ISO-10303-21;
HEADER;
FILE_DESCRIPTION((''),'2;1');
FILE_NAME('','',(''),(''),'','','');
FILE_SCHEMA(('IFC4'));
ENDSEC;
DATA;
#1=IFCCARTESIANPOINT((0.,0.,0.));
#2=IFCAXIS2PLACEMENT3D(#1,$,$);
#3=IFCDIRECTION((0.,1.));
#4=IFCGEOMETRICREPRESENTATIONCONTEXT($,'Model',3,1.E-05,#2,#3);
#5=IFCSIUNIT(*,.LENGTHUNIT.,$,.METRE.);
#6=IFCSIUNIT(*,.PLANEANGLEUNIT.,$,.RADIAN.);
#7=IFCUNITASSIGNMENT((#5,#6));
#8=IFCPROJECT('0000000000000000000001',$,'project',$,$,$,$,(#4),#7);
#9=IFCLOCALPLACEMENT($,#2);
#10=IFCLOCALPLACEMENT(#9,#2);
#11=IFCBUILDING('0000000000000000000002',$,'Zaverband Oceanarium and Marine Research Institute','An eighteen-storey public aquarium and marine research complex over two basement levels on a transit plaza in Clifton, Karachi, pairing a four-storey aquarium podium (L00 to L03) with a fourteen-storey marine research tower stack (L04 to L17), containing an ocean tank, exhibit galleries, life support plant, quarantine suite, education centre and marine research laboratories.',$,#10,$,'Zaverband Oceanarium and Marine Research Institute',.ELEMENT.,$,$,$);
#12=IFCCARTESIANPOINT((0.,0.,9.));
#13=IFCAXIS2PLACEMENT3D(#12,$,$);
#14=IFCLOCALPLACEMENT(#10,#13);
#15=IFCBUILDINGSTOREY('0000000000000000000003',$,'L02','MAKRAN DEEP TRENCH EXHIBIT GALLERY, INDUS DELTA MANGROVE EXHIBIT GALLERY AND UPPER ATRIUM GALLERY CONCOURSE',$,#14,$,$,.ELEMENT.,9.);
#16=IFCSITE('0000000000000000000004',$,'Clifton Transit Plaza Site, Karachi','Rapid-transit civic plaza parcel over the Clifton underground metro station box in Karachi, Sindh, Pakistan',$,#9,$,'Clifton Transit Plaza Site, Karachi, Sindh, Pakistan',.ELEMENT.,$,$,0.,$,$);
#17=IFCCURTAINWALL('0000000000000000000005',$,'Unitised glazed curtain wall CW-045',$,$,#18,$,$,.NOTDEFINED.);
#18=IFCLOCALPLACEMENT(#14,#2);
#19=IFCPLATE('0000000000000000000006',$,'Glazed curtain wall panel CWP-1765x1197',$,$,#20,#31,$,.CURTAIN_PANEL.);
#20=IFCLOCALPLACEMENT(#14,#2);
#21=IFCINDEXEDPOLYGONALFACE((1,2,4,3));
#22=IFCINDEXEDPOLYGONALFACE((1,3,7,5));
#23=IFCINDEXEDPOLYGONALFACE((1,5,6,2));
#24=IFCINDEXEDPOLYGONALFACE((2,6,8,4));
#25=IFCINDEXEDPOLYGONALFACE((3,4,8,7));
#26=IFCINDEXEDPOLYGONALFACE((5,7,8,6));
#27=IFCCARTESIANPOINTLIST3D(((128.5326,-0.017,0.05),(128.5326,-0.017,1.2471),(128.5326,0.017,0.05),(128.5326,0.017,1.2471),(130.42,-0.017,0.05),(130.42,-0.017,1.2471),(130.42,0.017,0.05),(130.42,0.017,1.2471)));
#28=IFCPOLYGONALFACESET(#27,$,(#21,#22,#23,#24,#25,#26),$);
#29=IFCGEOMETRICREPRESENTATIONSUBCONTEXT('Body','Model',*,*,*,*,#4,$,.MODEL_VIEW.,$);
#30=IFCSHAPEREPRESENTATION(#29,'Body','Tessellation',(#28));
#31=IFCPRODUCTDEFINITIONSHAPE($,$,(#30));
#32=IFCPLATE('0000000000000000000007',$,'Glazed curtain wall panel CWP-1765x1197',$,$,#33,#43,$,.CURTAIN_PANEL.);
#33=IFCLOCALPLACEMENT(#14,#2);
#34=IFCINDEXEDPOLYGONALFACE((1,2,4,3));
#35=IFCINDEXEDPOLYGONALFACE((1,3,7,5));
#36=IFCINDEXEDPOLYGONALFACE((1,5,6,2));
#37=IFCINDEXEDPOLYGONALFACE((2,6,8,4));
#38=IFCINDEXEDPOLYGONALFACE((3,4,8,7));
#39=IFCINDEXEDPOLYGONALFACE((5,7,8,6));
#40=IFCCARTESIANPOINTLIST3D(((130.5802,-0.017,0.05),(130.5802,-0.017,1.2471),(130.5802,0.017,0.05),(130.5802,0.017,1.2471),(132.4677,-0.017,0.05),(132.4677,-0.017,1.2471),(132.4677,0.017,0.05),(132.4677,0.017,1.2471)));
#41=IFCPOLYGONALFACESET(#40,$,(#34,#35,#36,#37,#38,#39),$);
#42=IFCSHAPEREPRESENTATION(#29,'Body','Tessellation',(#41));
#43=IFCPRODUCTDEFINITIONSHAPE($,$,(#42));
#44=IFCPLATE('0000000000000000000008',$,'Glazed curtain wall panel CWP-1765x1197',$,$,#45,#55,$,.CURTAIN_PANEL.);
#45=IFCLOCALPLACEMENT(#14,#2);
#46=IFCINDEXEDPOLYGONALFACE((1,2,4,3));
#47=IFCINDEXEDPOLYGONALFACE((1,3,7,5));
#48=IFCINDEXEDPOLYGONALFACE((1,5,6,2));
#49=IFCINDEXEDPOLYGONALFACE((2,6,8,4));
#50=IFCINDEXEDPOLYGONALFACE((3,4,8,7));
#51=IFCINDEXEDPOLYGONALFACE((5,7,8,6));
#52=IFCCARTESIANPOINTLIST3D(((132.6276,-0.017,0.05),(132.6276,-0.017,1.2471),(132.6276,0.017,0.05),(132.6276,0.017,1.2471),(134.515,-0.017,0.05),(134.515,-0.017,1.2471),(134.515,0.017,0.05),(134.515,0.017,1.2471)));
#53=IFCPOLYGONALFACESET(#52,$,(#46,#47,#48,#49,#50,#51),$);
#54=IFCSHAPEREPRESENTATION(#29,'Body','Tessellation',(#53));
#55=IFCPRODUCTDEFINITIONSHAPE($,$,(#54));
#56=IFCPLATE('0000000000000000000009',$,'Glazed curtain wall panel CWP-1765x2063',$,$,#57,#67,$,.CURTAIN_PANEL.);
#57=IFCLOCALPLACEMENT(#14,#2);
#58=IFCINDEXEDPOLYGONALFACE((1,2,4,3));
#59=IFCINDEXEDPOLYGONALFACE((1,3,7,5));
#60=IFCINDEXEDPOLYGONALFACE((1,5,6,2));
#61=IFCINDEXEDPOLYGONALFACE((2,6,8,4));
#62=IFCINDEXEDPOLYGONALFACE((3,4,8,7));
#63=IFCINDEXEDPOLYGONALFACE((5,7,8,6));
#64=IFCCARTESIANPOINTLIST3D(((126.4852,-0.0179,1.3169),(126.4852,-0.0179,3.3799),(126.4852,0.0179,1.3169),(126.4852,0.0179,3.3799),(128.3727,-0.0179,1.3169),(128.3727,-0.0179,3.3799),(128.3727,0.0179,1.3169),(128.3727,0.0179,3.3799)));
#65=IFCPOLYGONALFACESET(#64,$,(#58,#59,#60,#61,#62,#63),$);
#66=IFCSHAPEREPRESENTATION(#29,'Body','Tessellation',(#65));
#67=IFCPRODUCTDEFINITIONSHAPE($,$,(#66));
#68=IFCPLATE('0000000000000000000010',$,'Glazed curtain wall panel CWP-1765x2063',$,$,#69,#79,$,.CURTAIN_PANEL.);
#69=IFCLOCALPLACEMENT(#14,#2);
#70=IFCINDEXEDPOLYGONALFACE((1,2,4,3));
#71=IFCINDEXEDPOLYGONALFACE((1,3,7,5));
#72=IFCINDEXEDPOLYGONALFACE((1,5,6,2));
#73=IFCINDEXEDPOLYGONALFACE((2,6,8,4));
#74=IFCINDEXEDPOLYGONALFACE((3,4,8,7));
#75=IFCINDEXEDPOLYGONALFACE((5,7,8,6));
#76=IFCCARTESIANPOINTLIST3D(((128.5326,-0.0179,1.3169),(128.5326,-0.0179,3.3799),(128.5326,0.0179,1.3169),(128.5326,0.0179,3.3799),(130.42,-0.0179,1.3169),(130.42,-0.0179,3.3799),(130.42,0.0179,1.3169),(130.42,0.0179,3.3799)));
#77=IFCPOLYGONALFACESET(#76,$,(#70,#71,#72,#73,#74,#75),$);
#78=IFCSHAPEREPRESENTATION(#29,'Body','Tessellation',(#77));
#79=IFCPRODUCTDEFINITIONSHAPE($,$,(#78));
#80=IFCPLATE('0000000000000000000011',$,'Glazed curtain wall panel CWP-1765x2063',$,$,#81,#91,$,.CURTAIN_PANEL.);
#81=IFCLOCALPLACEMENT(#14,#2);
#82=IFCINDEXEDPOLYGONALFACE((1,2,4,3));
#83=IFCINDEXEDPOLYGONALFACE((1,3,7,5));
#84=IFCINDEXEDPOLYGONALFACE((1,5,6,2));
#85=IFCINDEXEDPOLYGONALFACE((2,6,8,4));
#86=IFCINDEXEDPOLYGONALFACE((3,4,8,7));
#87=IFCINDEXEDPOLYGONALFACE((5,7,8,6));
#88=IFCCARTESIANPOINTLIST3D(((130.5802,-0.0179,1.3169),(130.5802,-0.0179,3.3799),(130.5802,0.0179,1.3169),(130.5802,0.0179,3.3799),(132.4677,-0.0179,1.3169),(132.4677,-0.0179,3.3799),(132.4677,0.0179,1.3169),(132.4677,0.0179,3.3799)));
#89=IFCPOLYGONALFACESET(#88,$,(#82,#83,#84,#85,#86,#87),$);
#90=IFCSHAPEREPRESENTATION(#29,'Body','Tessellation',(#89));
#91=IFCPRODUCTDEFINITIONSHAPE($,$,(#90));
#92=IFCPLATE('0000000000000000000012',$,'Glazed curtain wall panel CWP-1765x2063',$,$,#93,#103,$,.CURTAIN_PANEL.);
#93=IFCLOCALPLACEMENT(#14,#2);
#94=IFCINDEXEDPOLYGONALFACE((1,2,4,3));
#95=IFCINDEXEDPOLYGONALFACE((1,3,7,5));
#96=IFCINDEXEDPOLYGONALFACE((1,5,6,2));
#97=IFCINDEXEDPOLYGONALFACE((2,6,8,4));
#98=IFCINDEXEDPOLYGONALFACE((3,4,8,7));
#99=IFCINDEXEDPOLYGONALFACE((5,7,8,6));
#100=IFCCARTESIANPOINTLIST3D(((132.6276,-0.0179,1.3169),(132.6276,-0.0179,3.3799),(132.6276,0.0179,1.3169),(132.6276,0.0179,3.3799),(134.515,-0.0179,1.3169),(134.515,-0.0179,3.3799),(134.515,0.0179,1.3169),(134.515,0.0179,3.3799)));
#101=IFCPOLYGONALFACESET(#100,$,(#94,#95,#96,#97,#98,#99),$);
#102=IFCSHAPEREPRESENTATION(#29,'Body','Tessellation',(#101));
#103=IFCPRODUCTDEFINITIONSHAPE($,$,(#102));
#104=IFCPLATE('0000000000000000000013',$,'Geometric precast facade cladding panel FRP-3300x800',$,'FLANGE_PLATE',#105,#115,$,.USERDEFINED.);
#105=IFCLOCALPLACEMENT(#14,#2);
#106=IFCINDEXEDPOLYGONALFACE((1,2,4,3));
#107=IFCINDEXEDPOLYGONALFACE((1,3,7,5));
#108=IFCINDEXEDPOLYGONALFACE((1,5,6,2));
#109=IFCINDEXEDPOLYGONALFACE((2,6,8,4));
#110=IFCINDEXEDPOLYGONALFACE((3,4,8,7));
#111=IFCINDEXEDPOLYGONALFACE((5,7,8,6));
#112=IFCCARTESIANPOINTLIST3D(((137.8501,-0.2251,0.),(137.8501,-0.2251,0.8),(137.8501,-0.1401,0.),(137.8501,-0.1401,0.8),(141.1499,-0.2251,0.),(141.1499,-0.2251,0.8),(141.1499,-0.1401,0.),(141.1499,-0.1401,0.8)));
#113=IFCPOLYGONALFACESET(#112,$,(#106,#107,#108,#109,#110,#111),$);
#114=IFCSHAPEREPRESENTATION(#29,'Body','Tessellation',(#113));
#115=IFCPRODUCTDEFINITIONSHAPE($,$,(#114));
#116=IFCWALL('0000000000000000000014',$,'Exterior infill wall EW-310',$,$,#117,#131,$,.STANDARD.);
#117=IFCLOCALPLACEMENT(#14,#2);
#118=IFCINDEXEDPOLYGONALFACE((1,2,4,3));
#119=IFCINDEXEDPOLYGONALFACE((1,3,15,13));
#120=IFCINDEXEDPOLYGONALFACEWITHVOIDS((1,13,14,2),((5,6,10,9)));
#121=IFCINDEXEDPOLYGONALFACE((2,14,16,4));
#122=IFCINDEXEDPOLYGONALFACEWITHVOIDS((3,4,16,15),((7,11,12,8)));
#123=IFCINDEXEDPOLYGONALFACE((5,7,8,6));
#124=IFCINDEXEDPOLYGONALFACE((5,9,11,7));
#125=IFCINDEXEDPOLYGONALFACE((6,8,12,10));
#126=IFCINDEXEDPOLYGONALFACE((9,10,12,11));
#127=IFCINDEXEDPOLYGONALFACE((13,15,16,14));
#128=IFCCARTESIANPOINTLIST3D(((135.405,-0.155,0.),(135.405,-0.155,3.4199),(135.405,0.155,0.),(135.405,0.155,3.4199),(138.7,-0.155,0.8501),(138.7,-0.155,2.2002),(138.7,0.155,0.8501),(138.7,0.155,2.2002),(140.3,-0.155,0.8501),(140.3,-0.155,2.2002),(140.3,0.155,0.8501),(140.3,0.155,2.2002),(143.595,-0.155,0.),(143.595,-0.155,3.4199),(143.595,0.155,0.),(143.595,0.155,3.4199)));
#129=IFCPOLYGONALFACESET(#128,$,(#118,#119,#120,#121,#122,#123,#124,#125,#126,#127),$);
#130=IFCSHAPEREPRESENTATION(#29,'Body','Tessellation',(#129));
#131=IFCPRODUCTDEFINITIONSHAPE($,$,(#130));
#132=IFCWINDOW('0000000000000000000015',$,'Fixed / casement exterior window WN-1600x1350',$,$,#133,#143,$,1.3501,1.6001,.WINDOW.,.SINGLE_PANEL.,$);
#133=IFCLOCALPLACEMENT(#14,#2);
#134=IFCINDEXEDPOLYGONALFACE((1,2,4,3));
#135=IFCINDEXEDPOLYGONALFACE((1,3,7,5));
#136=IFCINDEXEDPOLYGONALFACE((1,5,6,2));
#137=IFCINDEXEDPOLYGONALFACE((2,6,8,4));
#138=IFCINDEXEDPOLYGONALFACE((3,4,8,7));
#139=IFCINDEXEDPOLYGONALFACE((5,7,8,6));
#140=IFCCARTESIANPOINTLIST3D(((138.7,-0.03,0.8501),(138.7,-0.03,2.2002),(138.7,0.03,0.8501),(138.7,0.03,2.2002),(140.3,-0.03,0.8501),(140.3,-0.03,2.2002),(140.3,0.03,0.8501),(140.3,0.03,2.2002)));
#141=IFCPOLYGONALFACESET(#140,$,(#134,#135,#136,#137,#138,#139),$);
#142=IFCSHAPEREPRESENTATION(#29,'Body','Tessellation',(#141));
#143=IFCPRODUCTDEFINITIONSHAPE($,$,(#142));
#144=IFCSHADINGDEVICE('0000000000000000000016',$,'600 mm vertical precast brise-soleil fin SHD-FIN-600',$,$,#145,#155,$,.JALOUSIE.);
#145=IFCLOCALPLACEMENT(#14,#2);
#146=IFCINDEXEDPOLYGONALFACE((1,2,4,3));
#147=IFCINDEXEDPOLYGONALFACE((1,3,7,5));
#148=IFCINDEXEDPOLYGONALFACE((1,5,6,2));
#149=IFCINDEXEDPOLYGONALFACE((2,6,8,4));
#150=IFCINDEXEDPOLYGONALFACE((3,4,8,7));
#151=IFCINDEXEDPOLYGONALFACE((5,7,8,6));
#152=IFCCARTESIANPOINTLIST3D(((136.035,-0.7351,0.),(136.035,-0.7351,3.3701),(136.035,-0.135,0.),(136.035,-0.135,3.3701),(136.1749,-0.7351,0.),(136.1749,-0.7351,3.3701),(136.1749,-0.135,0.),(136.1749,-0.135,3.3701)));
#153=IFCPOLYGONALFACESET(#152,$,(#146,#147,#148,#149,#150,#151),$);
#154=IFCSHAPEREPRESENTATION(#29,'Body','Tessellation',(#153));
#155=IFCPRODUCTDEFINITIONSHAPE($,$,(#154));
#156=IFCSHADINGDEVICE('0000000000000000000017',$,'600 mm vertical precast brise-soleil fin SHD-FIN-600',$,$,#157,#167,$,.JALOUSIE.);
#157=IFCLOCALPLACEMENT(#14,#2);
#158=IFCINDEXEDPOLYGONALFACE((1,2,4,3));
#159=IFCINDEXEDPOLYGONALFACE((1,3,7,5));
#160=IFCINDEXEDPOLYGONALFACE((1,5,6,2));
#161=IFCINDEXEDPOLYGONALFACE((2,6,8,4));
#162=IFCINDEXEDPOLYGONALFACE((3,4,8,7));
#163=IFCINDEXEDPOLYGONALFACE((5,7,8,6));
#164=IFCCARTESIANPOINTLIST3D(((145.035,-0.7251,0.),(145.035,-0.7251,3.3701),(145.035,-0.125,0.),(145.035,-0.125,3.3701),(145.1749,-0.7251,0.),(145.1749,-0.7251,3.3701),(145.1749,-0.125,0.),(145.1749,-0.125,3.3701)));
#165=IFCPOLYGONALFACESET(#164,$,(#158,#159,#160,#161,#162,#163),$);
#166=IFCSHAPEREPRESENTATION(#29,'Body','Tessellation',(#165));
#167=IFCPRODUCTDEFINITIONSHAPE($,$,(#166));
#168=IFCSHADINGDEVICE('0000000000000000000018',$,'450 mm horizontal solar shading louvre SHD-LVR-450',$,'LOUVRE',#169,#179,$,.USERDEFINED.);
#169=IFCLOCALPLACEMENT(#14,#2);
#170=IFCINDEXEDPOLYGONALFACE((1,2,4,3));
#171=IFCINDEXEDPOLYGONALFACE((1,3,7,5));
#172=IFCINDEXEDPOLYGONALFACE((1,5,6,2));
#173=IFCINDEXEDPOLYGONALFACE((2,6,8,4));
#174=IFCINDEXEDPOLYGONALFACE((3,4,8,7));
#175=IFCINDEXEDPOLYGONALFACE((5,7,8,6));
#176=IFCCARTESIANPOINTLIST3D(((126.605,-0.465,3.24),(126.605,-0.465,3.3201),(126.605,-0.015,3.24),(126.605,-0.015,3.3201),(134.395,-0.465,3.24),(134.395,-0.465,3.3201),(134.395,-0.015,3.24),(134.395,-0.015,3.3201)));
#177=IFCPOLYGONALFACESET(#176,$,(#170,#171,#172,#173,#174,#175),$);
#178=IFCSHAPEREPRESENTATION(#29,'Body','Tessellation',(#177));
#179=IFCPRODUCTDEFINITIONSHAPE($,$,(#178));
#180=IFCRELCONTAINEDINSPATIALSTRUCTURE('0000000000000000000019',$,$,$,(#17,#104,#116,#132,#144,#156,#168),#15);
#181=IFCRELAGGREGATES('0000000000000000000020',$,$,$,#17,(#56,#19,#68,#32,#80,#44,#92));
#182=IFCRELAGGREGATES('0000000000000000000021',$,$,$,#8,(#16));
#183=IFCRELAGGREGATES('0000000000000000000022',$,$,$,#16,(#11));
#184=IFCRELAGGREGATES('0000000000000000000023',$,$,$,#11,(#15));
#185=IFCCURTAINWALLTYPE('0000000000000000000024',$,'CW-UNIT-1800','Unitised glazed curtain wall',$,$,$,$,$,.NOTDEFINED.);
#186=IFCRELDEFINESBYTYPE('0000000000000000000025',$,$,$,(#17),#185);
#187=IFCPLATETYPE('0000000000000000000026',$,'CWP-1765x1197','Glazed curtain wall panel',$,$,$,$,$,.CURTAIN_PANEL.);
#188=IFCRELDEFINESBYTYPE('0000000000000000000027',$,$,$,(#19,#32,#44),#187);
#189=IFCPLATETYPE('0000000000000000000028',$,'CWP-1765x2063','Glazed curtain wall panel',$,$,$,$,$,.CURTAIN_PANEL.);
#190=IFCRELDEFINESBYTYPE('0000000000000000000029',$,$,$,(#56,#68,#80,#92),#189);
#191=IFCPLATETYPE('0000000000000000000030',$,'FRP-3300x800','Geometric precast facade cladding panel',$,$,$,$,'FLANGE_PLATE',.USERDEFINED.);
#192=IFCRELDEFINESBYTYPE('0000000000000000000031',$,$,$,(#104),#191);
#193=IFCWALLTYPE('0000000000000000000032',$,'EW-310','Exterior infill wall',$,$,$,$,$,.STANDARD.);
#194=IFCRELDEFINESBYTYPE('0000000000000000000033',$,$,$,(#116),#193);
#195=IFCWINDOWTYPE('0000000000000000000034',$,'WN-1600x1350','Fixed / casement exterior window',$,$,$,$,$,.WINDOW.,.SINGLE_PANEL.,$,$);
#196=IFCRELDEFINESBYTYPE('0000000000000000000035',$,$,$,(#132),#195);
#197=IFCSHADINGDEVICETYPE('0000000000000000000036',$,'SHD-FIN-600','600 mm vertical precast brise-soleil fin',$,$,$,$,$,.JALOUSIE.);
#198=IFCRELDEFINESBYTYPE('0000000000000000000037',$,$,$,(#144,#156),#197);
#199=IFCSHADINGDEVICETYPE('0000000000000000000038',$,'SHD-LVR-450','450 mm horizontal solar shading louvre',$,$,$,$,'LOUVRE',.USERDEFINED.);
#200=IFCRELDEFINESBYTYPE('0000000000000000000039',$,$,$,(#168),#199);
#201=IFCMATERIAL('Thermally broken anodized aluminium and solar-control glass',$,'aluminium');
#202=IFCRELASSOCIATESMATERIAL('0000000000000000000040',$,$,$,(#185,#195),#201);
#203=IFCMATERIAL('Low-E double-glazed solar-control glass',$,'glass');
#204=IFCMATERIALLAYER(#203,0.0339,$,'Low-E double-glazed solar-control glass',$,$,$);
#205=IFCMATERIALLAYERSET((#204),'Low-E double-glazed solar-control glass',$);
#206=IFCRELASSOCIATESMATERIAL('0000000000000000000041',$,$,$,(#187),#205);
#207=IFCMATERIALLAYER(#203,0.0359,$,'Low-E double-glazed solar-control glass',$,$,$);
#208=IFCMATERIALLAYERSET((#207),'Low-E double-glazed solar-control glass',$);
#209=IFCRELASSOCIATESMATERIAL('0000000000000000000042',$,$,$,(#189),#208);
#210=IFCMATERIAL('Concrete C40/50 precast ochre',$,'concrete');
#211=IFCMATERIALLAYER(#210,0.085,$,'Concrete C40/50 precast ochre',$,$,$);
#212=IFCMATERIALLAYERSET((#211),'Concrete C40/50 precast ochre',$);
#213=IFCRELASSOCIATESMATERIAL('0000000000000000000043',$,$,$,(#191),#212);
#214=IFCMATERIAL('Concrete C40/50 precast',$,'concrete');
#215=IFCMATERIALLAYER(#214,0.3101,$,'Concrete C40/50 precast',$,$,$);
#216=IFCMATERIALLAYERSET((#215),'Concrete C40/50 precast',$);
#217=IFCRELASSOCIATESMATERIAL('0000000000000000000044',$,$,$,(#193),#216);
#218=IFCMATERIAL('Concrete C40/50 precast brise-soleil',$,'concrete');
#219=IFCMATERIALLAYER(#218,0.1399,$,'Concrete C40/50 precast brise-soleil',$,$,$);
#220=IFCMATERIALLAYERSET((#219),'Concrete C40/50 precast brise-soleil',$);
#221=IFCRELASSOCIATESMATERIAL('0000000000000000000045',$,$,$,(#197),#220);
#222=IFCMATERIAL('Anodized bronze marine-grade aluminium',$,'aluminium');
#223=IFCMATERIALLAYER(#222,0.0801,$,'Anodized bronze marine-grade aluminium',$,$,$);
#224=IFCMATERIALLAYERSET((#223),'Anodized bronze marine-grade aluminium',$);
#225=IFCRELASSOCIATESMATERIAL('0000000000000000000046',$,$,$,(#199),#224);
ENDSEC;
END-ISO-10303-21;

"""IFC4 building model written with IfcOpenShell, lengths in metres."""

from ifc_helpers import new_model, si_unit, direction, frame, frame_2d, origin, place, context, subcontext, project, spatial, rectangle, extrude, material, layer, layer_set, type_object, element, fill, aggregate, save


model = new_model("IFC4")

# Units and contexts
model_context = context("Model", 3, precision=1e-05, world=origin(), true_north=direction((0.0, 1.0)))
body_context = subcontext(model_context, "Body", "Model", "MODEL_VIEW")
ifc_project = project(units=[si_unit("LENGTHUNIT", "METRE"), si_unit("PLANEANGLEUNIT", "RADIAN")], contexts=[model_context])

# Site, building, storey
site_placement = place(None, origin())
site = spatial("IfcSite", under=ifc_project, at=site_placement, Name="Clifton Transit Plaza Site, Karachi", Description="Rapid-transit civic plaza parcel over the Clifton underground metro station box in Karachi, Sindh, Pakistan", LongName="Clifton Transit Plaza Site, Karachi, Sindh, Pakistan", CompositionType="ELEMENT", RefElevation=0.0)
building_placement = place(site_placement, origin())
building = spatial("IfcBuilding", under=site, at=building_placement, Name="Zaverband Oceanarium and Marine Research Institute", Description="An eighteen-storey public aquarium and marine research complex over two basement levels on a transit plaza in Clifton, Karachi, pairing a four-storey aquarium podium (L00 to L03) with a fourteen-storey marine research tower stack (L04 to L17), containing an ocean tank, exhibit galleries, life support plant, quarantine suite, education centre and marine research laboratories.", LongName="Zaverband Oceanarium and Marine Research Institute", CompositionType="ELEMENT")
storey_placement = place(building_placement, frame((0.0, 0.0, 9.0)))
storey = spatial("IfcBuildingStorey", under=building, at=storey_placement, Name="L02", Description="MAKRAN DEEP TRENCH EXHIBIT GALLERY, INDUS DELTA MANGROVE EXHIBIT GALLERY AND UPPER ATRIUM GALLERY CONCOURSE", CompositionType="ELEMENT", Elevation=9.0)

# Curtain wall
ifc_material_1 = material(Name="Thermally broken anodized aluminium and solar-control glass", Category="aluminium")
curtain_wall_type = type_object("IfcCurtainWallType", Name="CW-UNIT-1800", Description="Unitised glazed curtain wall", PredefinedType="NOTDEFINED", material=ifc_material_1)
curtain_wall_placement = place(storey_placement, origin())
curtain_wall = element("IfcCurtainWall", 1, at=curtain_wall_placement, inside=storey, type_object=curtain_wall_type, Name="Unitised glazed curtain wall CW-045", PredefinedType="NOTDEFINED")

# Plates
ifc_material_2 = material(Name="Low-E double-glazed solar-control glass", Category="glass")
ifc_layer_1 = layer(ifc_material_2, 0.0339, Name="Low-E double-glazed solar-control glass")
ifc_layer_set_1 = layer_set([ifc_layer_1], Name="Low-E double-glazed solar-control glass")
plate_type_1 = type_object("IfcPlateType", Name="CWP-1765x1197", Description="Glazed curtain wall panel", PredefinedType="CURTAIN_PANEL", material=ifc_layer_set_1)
plate_1_placement = place(storey_placement, frame((128.5325, 0.0, 0.05), z_axis=(0.0, 0.0, 1.0), x_axis=(1.0, 0.0, 0.0)))
plate_1 = element("IfcPlate", 2, at=plate_1_placement, type_object=plate_type_1, Name="Glazed curtain wall panel CWP-1765x1197", PredefinedType="CURTAIN_PANEL", context=body_context, shape_type="SweptSolid", body=[
    extrude(rectangle(XDim=1.8875, YDim=0.0339, at=frame_2d((0.9438, 0.0))), origin(), (0.0, 0.0, 1.0), 1.197),
])
plate_2_placement = place(storey_placement, frame((130.5801, 0.0, 0.05), z_axis=(0.0, 0.0, 1.0), x_axis=(1.0, 0.0, 0.0)))
plate_2 = element("IfcPlate", 3, at=plate_2_placement, type_object=plate_type_1, Name="Glazed curtain wall panel CWP-1765x1197", PredefinedType="CURTAIN_PANEL", context=body_context, shape_type="SweptSolid", body=[
    extrude(rectangle(XDim=1.8875, YDim=0.0339, at=frame_2d((0.9438, 0.0))), origin(), (0.0, 0.0, 1.0), 1.197),
])
plate_3_placement = place(storey_placement, frame((132.6274, 0.0, 0.05), z_axis=(0.0, 0.0, 1.0), x_axis=(1.0, 0.0, 0.0)))
plate_3 = element("IfcPlate", 4, at=plate_3_placement, type_object=plate_type_1, Name="Glazed curtain wall panel CWP-1765x1197", PredefinedType="CURTAIN_PANEL", context=body_context, shape_type="SweptSolid", body=[
    extrude(rectangle(XDim=1.8875, YDim=0.0339, at=frame_2d((0.9438, 0.0))), origin(), (0.0, 0.0, 1.0), 1.197),
])
ifc_layer_2 = layer(ifc_material_2, 0.0359, Name="Low-E double-glazed solar-control glass")
ifc_layer_set_2 = layer_set([ifc_layer_2], Name="Low-E double-glazed solar-control glass")
plate_type_2 = type_object("IfcPlateType", Name="CWP-1765x2063", Description="Glazed curtain wall panel", PredefinedType="CURTAIN_PANEL", material=ifc_layer_set_2)
plate_4_placement = place(storey_placement, frame((126.4851, 0.0, 1.3169), z_axis=(0.0, 0.0, 1.0), x_axis=(1.0, 0.0, 0.0)))
plate_4 = element("IfcPlate", 5, at=plate_4_placement, type_object=plate_type_2, Name="Glazed curtain wall panel CWP-1765x2063", PredefinedType="CURTAIN_PANEL", context=body_context, shape_type="SweptSolid", body=[
    extrude(rectangle(XDim=1.8875, YDim=0.0359, at=frame_2d((0.9438, 0.0))), origin(), (0.0, 0.0, 1.0), 2.063),
])
plate_5_placement = place(storey_placement, frame((128.5325, 0.0, 1.3169), z_axis=(0.0, 0.0, 1.0), x_axis=(1.0, 0.0, 0.0)))
plate_5 = element("IfcPlate", 6, at=plate_5_placement, type_object=plate_type_2, Name="Glazed curtain wall panel CWP-1765x2063", PredefinedType="CURTAIN_PANEL", context=body_context, shape_type="SweptSolid", body=[
    extrude(rectangle(XDim=1.8875, YDim=0.0359, at=frame_2d((0.9438, 0.0))), origin(), (0.0, 0.0, 1.0), 2.063),
])
plate_6_placement = place(storey_placement, frame((130.5801, 0.0, 1.3169), z_axis=(0.0, 0.0, 1.0), x_axis=(1.0, 0.0, 0.0)))
plate_6 = element("IfcPlate", 7, at=plate_6_placement, type_object=plate_type_2, Name="Glazed curtain wall panel CWP-1765x2063", PredefinedType="CURTAIN_PANEL", context=body_context, shape_type="SweptSolid", body=[
    extrude(rectangle(XDim=1.8875, YDim=0.0359, at=frame_2d((0.9438, 0.0))), origin(), (0.0, 0.0, 1.0), 2.063),
])
plate_7_placement = place(storey_placement, frame((132.6274, 0.0, 1.3169), z_axis=(0.0, 0.0, 1.0), x_axis=(1.0, 0.0, 0.0)))
plate_7 = element("IfcPlate", 8, at=plate_7_placement, type_object=plate_type_2, Name="Glazed curtain wall panel CWP-1765x2063", PredefinedType="CURTAIN_PANEL", context=body_context, shape_type="SweptSolid", body=[
    extrude(rectangle(XDim=1.8875, YDim=0.0359, at=frame_2d((0.9438, 0.0))), origin(), (0.0, 0.0, 1.0), 2.063),
])
aggregate(curtain_wall, [plate_4, plate_1, plate_5, plate_2, plate_6, plate_3, plate_7])
ifc_material_3 = material(Name="Concrete C40/50 precast ochre", Category="concrete")
ifc_layer_3 = layer(ifc_material_3, 0.085, Name="Concrete C40/50 precast ochre")
ifc_layer_set_3 = layer_set([ifc_layer_3], Name="Concrete C40/50 precast ochre")
plate_type_3 = type_object("IfcPlateType", Name="FRP-3300x800", Description="Geometric precast facade cladding panel", ElementType="FLANGE_PLATE", PredefinedType="USERDEFINED", material=ifc_layer_set_3)
plate_8_placement = place(storey_placement, frame((137.8501, -0.1826, 0.0), z_axis=(0.0, 0.0, 1.0), x_axis=(1.0, 0.0, 0.0)))
element("IfcPlate", 9, at=plate_8_placement, inside=storey, type_object=plate_type_3, Name="Geometric precast facade cladding panel FRP-3300x800", ObjectType="FLANGE_PLATE", PredefinedType="USERDEFINED", context=body_context, shape_type="SweptSolid", body=[
    extrude(rectangle(XDim=3.2998, YDim=0.085, at=frame_2d((1.6499, 0.0))), origin(), (0.0, 0.0, 1.0), 0.8),
])

# Wall, opening, window
ifc_material_4 = material(Name="Concrete C40/50 precast", Category="concrete")
ifc_layer_4 = layer(ifc_material_4, 0.3101, Name="Concrete C40/50 precast")
ifc_layer_set_4 = layer_set([ifc_layer_4], Name="Concrete C40/50 precast")
wall_type = type_object("IfcWallType", Name="EW-310", Description="Exterior infill wall", PredefinedType="STANDARD", material=ifc_layer_set_4)
wall_placement = place(storey_placement, frame((135.405, 0.0, 0.0), z_axis=(0.0, 0.0, 1.0), x_axis=(1.0, 0.0, 0.0)))
wall = element("IfcWall", 10, at=wall_placement, inside=storey, type_object=wall_type, Name="Exterior infill wall EW-310", PredefinedType="STANDARD", context=body_context, shape_type="SweptSolid", body=[
    extrude(rectangle(XDim=8.1899, YDim=0.3101, at=frame_2d((4.095, 0.0))), origin(), (0.0, 0.0, 1.0), 3.4199),
])
opening_placement = place(wall_placement, frame((3.2949, 0.0, 0.8501)))
opening = element("IfcOpeningElement", 11, at=opening_placement, cuts=wall, PredefinedType="OPENING", context=body_context, shape_type="SweptSolid", body=[
    extrude(rectangle(XDim=1.6001, YDim=1.3501, at=frame_2d((0.8, 0.675))), frame((0.0, 0.167, 0.0), z_axis=(0.0, -1.0, 0.0), x_axis=(1.0, 0.0, 0.0)), (0.0, 0.0, 1.0), 0.334),
])
window_type = type_object("IfcWindowType", Name="WN-1600x1350", Description="Fixed / casement exterior window", PartitioningType="SINGLE_PANEL", PredefinedType="WINDOW", material=ifc_material_1)
window_placement = place(opening_placement, origin())
window = element("IfcWindow", 12, at=window_placement, inside=storey, type_object=window_type, Name="Fixed / casement exterior window WN-1600x1350", OverallHeight=1.3501, OverallWidth=1.6001, PartitioningType="SINGLE_PANEL", PredefinedType="WINDOW", context=body_context, shape_type="SweptSolid", body=[
    extrude(rectangle(XDim=1.6001, YDim=1.3501, at=frame_2d((0.8, 0.675))), frame((0.0, 0.03, 0.0), z_axis=(0.0, -1.0, 0.0), x_axis=(1.0, 0.0, 0.0)), (0.0, 0.0, 1.0), 0.0601),
])
fill(opening, window)

# Shading devices
ifc_material_5 = material(Name="Concrete C40/50 precast brise-soleil", Category="concrete")
ifc_layer_5 = layer(ifc_material_5, 0.1399, Name="Concrete C40/50 precast brise-soleil")
ifc_layer_set_5 = layer_set([ifc_layer_5], Name="Concrete C40/50 precast brise-soleil")
shading_device_type_1 = type_object("IfcShadingDeviceType", Name="SHD-FIN-600", Description="600 mm vertical precast brise-soleil fin", PredefinedType="JALOUSIE", material=ifc_layer_set_5)
for number, where, z_axis, x_axis, name in (
    (13, (136.105, -0.135, 0.0), (0.0, 0.0, 1.0), (0.0, -1.0, 0.0), "600 mm vertical precast brise-soleil fin SHD-FIN-600"),
    (14, (145.105, -0.125, 0.0), (0.0, 0.0, 1.0), (0.0, -1.0, 0.0), "600 mm vertical precast brise-soleil fin SHD-FIN-600"),
):
    element("IfcShadingDevice", number, at=place(storey_placement, frame(where, z_axis=z_axis, x_axis=x_axis)), inside=storey, type_object=shading_device_type_1, Name=name, PredefinedType="JALOUSIE", context=body_context, shape_type="SweptSolid", body=[
        extrude(rectangle(XDim=0.6001, YDim=0.1399, at=frame_2d((0.3, 0.0))), origin(), (0.0, 0.0, 1.0), 3.3701),
    ])
ifc_material_6 = material(Name="Anodized bronze marine-grade aluminium", Category="aluminium")
ifc_layer_6 = layer(ifc_material_6, 0.0801, Name="Anodized bronze marine-grade aluminium")
ifc_layer_set_6 = layer_set([ifc_layer_6], Name="Anodized bronze marine-grade aluminium")
shading_device_type_2 = type_object("IfcShadingDeviceType", Name="SHD-LVR-450", Description="450 mm horizontal solar shading louvre", ElementType="LOUVRE", PredefinedType="USERDEFINED", material=ifc_layer_set_6)
shading_device_placement = place(storey_placement, frame((126.605, -0.24, 3.24), z_axis=(0.0, 0.0, 1.0), x_axis=(1.0, 0.0, 0.0)))
element("IfcShadingDevice", 15, at=shading_device_placement, inside=storey, type_object=shading_device_type_2, Name="450 mm horizontal solar shading louvre SHD-LVR-450", ObjectType="LOUVRE", PredefinedType="USERDEFINED", context=body_context, shape_type="SweptSolid", body=[
    extrude(rectangle(XDim=7.79, YDim=0.45, at=frame_2d((3.895, 0.0))), origin(), (0.0, 0.0, 1.0), 0.0801),
])

save(model, "model.ifc")
